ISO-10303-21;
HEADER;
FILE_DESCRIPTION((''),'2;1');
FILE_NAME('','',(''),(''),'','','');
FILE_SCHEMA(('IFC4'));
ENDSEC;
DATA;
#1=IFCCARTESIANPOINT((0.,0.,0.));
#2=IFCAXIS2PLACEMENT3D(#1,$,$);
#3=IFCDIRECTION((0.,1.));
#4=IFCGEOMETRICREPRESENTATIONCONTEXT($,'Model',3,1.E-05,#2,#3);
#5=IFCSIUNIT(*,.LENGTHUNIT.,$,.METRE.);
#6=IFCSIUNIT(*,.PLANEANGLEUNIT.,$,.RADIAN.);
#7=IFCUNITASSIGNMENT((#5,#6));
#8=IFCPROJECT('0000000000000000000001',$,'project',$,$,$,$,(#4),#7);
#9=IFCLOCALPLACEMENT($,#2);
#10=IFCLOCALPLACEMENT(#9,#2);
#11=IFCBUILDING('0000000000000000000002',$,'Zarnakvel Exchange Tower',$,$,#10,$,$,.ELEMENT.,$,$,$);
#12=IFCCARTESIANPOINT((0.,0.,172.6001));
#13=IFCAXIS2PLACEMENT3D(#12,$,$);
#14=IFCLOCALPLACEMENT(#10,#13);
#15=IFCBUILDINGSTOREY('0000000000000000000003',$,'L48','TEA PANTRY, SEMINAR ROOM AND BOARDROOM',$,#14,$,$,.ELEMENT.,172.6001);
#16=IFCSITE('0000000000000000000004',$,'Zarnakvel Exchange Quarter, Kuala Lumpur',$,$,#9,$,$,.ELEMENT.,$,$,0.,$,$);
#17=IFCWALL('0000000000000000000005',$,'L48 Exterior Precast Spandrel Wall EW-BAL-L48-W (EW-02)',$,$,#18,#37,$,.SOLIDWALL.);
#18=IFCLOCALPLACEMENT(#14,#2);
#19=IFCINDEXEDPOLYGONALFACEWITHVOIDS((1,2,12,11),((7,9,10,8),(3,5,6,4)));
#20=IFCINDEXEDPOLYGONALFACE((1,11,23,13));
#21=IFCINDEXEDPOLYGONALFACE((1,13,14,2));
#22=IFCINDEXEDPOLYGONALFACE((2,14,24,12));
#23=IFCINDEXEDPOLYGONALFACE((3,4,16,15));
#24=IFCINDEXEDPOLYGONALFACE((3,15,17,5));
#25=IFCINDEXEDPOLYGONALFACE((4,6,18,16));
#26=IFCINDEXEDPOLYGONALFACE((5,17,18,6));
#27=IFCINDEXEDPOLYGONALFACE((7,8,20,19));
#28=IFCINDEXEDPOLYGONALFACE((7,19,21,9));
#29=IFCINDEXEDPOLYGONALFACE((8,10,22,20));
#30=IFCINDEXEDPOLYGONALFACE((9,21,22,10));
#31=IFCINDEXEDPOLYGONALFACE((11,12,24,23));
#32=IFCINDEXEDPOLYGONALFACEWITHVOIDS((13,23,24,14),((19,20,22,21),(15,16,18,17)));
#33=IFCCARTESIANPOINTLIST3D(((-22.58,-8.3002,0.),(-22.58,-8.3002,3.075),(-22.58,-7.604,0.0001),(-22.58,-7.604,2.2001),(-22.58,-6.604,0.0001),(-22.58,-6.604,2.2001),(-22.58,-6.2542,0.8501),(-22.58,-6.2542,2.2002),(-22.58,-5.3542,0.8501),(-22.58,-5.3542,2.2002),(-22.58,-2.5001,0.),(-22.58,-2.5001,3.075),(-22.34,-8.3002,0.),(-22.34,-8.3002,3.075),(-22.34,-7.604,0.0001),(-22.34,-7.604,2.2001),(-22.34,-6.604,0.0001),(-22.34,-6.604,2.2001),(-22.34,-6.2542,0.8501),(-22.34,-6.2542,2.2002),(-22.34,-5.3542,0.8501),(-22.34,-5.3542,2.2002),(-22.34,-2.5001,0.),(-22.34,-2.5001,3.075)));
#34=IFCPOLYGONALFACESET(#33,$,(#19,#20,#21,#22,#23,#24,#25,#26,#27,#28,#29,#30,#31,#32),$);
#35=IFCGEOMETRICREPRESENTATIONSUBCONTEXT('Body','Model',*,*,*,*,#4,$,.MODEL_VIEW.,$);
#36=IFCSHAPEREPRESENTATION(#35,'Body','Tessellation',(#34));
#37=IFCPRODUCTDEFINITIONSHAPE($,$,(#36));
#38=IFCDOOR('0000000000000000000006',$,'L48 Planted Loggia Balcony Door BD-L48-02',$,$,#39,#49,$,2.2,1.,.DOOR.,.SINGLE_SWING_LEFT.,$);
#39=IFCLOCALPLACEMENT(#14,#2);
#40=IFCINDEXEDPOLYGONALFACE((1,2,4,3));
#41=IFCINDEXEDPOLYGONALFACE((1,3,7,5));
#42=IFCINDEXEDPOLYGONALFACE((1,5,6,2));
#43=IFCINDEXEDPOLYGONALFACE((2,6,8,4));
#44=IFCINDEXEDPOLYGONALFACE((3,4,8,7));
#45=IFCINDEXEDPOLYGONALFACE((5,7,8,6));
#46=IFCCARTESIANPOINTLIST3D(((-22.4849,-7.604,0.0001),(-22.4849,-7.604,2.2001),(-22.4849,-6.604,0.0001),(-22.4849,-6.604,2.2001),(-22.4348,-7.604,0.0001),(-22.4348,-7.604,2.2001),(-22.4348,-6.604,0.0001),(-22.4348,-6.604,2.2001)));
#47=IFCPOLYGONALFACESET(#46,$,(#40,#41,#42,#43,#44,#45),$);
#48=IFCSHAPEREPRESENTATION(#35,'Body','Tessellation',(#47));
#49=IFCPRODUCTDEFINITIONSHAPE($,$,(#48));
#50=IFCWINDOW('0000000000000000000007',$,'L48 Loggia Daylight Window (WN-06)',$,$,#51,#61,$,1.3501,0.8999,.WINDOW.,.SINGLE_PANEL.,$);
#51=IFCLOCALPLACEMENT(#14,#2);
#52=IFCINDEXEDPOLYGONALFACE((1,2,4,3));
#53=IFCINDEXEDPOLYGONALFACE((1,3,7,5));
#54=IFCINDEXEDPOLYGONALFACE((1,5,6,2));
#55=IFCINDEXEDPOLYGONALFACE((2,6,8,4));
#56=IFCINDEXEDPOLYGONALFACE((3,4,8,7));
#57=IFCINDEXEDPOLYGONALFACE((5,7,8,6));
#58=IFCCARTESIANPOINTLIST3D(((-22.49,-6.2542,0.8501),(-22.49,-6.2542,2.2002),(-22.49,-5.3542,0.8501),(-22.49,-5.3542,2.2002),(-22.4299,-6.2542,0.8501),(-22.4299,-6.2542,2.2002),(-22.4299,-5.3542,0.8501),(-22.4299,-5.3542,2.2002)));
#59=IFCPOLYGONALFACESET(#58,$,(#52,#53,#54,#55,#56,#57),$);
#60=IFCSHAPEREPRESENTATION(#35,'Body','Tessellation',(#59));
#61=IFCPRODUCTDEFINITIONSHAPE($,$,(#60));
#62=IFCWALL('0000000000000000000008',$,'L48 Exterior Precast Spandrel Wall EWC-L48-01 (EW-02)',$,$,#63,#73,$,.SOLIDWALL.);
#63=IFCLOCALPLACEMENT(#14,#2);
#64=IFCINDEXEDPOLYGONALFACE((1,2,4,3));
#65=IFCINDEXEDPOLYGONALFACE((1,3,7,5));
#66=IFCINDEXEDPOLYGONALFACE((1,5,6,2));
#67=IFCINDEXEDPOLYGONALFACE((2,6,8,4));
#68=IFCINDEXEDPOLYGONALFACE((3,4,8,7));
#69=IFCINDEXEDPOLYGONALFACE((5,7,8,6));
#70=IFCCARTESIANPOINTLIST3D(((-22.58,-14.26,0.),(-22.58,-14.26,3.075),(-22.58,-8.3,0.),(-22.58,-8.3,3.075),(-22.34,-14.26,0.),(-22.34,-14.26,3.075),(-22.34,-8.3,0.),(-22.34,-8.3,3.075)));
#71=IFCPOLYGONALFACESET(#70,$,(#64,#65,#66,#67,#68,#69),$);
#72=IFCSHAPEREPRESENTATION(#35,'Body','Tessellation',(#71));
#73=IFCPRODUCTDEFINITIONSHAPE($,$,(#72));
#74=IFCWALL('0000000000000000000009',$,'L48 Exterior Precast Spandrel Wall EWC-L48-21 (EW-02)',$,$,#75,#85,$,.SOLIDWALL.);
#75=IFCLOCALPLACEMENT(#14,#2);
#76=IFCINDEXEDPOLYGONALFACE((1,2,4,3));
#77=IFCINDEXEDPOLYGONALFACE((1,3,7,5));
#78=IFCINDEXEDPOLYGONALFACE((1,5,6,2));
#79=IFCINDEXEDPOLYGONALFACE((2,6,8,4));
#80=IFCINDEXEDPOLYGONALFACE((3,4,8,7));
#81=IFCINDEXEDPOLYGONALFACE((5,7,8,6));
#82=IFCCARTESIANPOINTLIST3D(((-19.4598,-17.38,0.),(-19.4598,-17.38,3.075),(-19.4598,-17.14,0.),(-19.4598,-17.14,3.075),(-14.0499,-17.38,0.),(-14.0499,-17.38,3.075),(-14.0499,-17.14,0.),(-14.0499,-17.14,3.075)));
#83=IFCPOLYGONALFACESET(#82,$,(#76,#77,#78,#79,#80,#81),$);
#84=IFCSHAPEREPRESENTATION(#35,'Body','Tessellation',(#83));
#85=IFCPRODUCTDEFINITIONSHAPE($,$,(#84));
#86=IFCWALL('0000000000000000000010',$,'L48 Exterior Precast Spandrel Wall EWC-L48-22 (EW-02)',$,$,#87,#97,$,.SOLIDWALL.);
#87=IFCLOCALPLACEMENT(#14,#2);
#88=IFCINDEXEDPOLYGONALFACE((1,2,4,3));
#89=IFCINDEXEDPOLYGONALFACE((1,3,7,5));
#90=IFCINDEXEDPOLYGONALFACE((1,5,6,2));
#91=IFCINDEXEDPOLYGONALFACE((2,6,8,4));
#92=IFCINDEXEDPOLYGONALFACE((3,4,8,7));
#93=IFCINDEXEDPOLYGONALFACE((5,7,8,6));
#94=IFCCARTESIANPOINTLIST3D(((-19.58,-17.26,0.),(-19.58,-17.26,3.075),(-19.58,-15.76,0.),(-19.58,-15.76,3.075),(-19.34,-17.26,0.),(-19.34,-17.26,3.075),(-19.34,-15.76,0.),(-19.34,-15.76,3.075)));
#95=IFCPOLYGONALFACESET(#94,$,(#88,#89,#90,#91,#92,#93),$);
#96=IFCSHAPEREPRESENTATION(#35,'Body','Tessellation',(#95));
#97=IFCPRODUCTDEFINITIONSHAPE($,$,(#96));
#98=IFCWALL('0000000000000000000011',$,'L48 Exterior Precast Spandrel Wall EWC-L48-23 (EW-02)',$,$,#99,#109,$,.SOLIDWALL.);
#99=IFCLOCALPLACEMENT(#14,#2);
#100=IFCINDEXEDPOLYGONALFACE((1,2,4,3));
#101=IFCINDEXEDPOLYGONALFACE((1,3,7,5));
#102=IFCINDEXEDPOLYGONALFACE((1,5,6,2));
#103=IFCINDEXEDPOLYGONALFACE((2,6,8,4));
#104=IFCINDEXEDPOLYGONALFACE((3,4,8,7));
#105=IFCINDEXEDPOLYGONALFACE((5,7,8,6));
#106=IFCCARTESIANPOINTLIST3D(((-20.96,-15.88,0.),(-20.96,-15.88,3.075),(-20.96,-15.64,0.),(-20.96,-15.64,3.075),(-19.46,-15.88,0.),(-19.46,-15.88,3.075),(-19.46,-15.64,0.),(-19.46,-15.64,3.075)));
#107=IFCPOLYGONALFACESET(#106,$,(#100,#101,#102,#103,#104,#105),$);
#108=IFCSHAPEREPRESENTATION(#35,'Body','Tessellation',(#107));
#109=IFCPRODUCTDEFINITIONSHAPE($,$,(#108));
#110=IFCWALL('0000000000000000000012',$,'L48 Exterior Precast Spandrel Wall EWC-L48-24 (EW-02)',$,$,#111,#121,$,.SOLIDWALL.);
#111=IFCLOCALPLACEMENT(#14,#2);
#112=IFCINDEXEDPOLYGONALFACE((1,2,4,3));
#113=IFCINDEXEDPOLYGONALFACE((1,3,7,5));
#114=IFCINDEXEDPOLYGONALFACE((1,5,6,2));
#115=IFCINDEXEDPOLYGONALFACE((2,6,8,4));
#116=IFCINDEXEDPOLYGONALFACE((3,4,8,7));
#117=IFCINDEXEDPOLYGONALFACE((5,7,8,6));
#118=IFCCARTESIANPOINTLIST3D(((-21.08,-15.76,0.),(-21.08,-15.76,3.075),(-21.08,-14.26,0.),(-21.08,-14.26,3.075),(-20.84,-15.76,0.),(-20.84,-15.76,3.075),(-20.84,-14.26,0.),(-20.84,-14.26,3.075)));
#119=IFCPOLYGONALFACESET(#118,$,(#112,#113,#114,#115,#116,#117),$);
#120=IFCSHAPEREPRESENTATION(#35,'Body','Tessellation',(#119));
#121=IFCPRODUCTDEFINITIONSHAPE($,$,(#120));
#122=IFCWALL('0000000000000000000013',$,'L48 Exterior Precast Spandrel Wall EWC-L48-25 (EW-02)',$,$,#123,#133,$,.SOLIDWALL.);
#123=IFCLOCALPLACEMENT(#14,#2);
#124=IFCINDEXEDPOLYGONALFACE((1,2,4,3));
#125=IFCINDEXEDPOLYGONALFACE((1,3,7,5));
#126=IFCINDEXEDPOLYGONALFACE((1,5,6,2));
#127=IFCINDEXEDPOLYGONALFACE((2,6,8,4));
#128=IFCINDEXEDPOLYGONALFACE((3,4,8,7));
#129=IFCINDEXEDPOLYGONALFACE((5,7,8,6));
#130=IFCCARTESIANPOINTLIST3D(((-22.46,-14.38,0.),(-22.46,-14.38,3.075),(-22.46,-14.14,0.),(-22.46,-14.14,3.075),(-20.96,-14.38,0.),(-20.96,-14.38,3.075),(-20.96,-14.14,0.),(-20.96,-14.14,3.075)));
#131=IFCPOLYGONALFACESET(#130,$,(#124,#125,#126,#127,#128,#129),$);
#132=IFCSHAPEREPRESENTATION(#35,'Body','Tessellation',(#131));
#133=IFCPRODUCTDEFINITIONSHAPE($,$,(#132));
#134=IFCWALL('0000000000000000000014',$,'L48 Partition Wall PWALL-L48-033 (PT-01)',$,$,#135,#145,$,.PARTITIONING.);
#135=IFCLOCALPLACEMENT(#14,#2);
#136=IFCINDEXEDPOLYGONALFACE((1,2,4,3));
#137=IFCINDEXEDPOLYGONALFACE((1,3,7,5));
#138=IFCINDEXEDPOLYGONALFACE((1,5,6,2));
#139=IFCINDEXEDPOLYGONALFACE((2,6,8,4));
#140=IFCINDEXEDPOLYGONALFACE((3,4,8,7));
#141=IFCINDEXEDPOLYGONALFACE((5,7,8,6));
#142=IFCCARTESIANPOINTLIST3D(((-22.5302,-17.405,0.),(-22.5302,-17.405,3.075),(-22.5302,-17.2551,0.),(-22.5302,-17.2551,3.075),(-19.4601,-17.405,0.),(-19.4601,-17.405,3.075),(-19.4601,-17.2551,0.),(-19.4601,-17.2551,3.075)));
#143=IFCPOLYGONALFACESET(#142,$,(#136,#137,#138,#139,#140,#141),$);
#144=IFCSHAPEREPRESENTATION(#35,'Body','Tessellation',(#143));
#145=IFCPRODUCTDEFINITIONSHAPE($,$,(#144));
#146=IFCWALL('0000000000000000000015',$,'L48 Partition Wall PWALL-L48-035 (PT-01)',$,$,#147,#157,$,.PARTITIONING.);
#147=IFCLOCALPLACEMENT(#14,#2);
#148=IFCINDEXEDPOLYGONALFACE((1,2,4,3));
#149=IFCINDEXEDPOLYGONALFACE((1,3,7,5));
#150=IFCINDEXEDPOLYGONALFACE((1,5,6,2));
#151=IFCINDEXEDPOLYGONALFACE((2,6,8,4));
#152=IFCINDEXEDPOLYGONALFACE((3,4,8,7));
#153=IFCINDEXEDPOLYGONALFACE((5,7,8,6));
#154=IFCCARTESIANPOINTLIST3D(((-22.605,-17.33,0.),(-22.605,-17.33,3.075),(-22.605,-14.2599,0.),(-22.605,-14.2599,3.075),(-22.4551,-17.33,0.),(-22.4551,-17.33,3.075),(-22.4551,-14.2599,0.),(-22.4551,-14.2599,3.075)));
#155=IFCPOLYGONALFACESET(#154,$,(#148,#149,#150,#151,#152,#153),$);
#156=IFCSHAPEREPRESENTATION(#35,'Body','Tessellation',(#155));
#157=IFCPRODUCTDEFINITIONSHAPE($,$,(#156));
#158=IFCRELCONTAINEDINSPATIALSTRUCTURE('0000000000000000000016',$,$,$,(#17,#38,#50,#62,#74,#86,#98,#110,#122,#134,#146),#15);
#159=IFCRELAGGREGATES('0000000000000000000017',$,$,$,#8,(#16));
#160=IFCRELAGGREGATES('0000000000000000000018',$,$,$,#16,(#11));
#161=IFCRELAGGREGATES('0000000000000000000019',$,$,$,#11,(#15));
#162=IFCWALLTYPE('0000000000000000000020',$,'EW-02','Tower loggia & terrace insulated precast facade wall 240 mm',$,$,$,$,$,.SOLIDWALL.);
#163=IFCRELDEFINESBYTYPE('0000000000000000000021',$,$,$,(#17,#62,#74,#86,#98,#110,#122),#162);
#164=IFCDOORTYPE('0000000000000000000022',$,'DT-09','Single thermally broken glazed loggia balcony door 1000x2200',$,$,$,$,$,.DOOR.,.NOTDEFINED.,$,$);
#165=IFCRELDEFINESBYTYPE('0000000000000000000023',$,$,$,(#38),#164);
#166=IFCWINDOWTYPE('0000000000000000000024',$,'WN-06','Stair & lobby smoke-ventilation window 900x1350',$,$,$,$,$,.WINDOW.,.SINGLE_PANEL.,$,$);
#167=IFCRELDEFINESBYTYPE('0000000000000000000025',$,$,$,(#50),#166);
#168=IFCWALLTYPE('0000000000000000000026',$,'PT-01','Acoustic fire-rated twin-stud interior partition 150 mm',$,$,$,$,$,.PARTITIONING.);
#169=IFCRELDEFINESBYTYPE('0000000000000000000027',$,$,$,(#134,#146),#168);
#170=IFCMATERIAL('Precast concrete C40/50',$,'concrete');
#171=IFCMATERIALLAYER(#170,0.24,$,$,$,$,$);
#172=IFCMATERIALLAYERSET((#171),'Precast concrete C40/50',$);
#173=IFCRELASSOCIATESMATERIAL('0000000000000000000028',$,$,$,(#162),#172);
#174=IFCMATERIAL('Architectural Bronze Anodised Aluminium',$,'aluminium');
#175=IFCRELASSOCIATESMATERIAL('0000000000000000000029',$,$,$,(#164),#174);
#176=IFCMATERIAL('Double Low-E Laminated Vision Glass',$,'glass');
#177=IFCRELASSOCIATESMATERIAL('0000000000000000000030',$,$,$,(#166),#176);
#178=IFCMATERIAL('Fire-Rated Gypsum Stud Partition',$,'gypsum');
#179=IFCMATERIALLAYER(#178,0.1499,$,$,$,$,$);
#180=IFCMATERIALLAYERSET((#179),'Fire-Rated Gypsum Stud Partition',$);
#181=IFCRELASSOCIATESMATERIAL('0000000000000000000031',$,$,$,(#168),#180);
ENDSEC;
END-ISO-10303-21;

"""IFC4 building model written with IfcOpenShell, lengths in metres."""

from ifc_helpers import new_model, si_unit, direction, frame, frame_2d, origin, place, context, subcontext, project, spatial, rectangle, extrude, source, transform, mapped, material, layer, layer_set, type_object, element, fill, save


model = new_model("IFC4")

# Units and contexts
model_context = context("Model", 3, precision=1e-05, world=origin(), true_north=direction((0.0, 1.0)))
body_context = subcontext(model_context, "Body", "Model", "MODEL_VIEW")
ifc_project = project(units=[si_unit("LENGTHUNIT", "METRE"), si_unit("PLANEANGLEUNIT", "RADIAN")], contexts=[model_context])

# Site, building, storey
site_placement = place(None, origin())
site = spatial("IfcSite", under=ifc_project, at=site_placement, Name="Zarnakvel Exchange Quarter, Kuala Lumpur", CompositionType="ELEMENT", RefElevation=0.0)
building_placement = place(site_placement, origin())
building = spatial("IfcBuilding", under=site, at=building_placement, Name="Zarnakvel Exchange Tower", CompositionType="ELEMENT")
storey_placement = place(building_placement, frame((0.0, 0.0, 172.6001)))
storey = spatial("IfcBuildingStorey", under=building, at=storey_placement, Name="L48", Description="TEA PANTRY, SEMINAR ROOM AND BOARDROOM", CompositionType="ELEMENT", Elevation=172.6001)

# Wall, openings, door, window
ifc_material_1 = material(Name="Precast concrete C40/50", Category="concrete")
ifc_layer_1 = layer(ifc_material_1, 0.24)
ifc_layer_set_1 = layer_set([ifc_layer_1], Name="Precast concrete C40/50")
wall_type_1 = type_object("IfcWallType", Name="EW-02", Description="Tower loggia & terrace insulated precast facade wall 240 mm", PredefinedType="SOLIDWALL", material=ifc_layer_set_1)
wall_1_placement = place(storey_placement, frame((-22.46, -8.3, 0.0), z_axis=(0.0, 0.0, 1.0), x_axis=(0.0, 1.0, 0.0)))
wall_1 = element("IfcWall", 1, at=wall_1_placement, inside=storey, type_object=wall_type_1, Name="L48 Exterior Precast Spandrel Wall EW-BAL-L48-W (EW-02)", PredefinedType="SOLIDWALL", context=body_context, shape_type="SweptSolid", body=[
    extrude(rectangle(XDim=5.8, YDim=0.24, at=frame_2d((2.8999, 0.0))), origin(), (0.0, 0.0, 1.0), 3.075),
])
opening_1_placement = place(wall_1_placement, frame((0.696, 0.0, 0.0)))
opening_1 = element("IfcOpeningElement", 2, at=opening_1_placement, cuts=wall_1, PredefinedType="OPENING", context=body_context, shape_type="SweptSolid", body=[
    extrude(rectangle(XDim=1.0, YDim=2.2, at=frame_2d((0.5, 1.1001))), frame((0.0, 0.1299, 0.0), z_axis=(0.0, -1.0, 0.0), x_axis=(1.0, 0.0, 0.0)), (0.0, 0.0, 1.0), 0.26),
])
opening_2_placement = place(wall_1_placement, frame((2.0459, 0.0, 0.8501)))
opening_2 = element("IfcOpeningElement", 3, at=opening_2_placement, cuts=wall_1, PredefinedType="OPENING", context=body_context, shape_type="SweptSolid", body=[
    extrude(rectangle(XDim=0.8999, YDim=1.3501, at=frame_2d((0.45, 0.675))), frame((0.0, 0.1299, 0.0), z_axis=(0.0, -1.0, 0.0), x_axis=(1.0, 0.0, 0.0)), (0.0, 0.0, 1.0), 0.26),
])
ifc_material_2 = material(Name="Architectural Bronze Anodised Aluminium", Category="aluminium")
door_type = type_object("IfcDoorType", Name="DT-09", Description="Single thermally broken glazed loggia balcony door 1000x2200", OperationType="NOTDEFINED", PredefinedType="DOOR", material=ifc_material_2)
shared_shape_1 = source(origin(), body_context, "Body", "SweptSolid", [
    extrude(rectangle(XDim=1.0, YDim=2.2, at=frame_2d((0.5, 1.1001))), frame((0.0, 0.0249, 0.0), z_axis=(0.0, -1.0, 0.0), x_axis=(1.0, 0.0, 0.0)), (0.0, 0.0, 1.0), 0.05),
])
door_placement = place(opening_1_placement, origin())
door = element("IfcDoor", 4, at=door_placement, inside=storey, type_object=door_type, Name="L48 Planted Loggia Balcony Door BD-L48-02", OperationType="SINGLE_SWING_LEFT", OverallHeight=2.2, OverallWidth=1.0, PredefinedType="DOOR", context=body_context, shape_type="MappedRepresentation", body=[
    mapped(shared_shape_1, transform((0.0, 0.0, 0.0), x_axis=(1.0, 0.0, 0.0), y_axis=(0.0, 1.0, 0.0), z_axis=(0.0, 0.0, 1.0), scale=1.0)),
])
fill(opening_1, door)
ifc_material_3 = material(Name="Double Low-E Laminated Vision Glass", Category="glass")
window_type = type_object("IfcWindowType", Name="WN-06", Description="Stair & lobby smoke-ventilation window 900x1350", PartitioningType="SINGLE_PANEL", PredefinedType="WINDOW", material=ifc_material_3)
shared_shape_2 = source(origin(), body_context, "Body", "SweptSolid", [
    extrude(rectangle(XDim=0.8999, YDim=1.3501, at=frame_2d((0.45, 0.675))), frame((0.0, 0.03, 0.0), z_axis=(0.0, -1.0, 0.0), x_axis=(1.0, 0.0, 0.0)), (0.0, 0.0, 1.0), 0.0601),
])
window_placement = place(opening_2_placement, origin())
window = element("IfcWindow", 5, at=window_placement, inside=storey, type_object=window_type, Name="L48 Loggia Daylight Window (WN-06)", OverallHeight=1.3501, OverallWidth=0.8999, PartitioningType="SINGLE_PANEL", PredefinedType="WINDOW", context=body_context, shape_type="MappedRepresentation", body=[
    mapped(shared_shape_2, transform((0.0, 0.0, 0.0), x_axis=(1.0, 0.0, 0.0), y_axis=(0.0, 1.0, 0.0), z_axis=(0.0, 0.0, 1.0), scale=1.0)),
])
fill(opening_2, window)

# Walls
wall_2_placement = place(storey_placement, frame((-22.46, -8.3, 0.0), z_axis=(0.0, 0.0, 1.0), x_axis=(0.0, -1.0, 0.0)))
element("IfcWall", 6, at=wall_2_placement, inside=storey, type_object=wall_type_1, Name="L48 Exterior Precast Spandrel Wall EWC-L48-01 (EW-02)", PredefinedType="SOLIDWALL", context=body_context, shape_type="SweptSolid", body=[
    extrude(rectangle(XDim=5.96, YDim=0.24, at=frame_2d((2.98, 0.0))), origin(), (0.0, 0.0, 1.0), 3.075),
])
wall_3_placement = place(storey_placement, frame((-19.46, -17.26, 0.0), z_axis=(0.0, 0.0, 1.0), x_axis=(1.0, 0.0, 0.0)))
element("IfcWall", 7, at=wall_3_placement, inside=storey, type_object=wall_type_1, Name="L48 Exterior Precast Spandrel Wall EWC-L48-21 (EW-02)", PredefinedType="SOLIDWALL", context=body_context, shape_type="SweptSolid", body=[
    extrude(rectangle(XDim=5.4099, YDim=0.24, at=frame_2d((2.7051, 0.0))), origin(), (0.0, 0.0, 1.0), 3.075),
])
for number, where, z_axis, x_axis, name in (
    (8, (-19.46, -15.76, 0.0), (0.0, 0.0, 1.0), (0.0, -1.0, 0.0), "L48 Exterior Precast Spandrel Wall EWC-L48-22 (EW-02)"),
    (9, (-20.96, -15.76, 0.0), (0.0, 0.0, 1.0), (1.0, 0.0, 0.0), "L48 Exterior Precast Spandrel Wall EWC-L48-23 (EW-02)"),
    (10, (-20.96, -14.26, 0.0), (0.0, 0.0, 1.0), (0.0, -1.0, 0.0), "L48 Exterior Precast Spandrel Wall EWC-L48-24 (EW-02)"),
    (11, (-22.46, -14.26, 0.0), (0.0, 0.0, 1.0), (1.0, 0.0, 0.0), "L48 Exterior Precast Spandrel Wall EWC-L48-25 (EW-02)"),
):
    element("IfcWall", number, at=place(storey_placement, frame(where, z_axis=z_axis, x_axis=x_axis)), inside=storey, type_object=wall_type_1, Name=name, PredefinedType="SOLIDWALL", context=body_context, shape_type="SweptSolid", body=[
        extrude(rectangle(XDim=1.5, YDim=0.24, at=frame_2d((0.75, 0.0))), origin(), (0.0, 0.0, 1.0), 3.075),
    ])
ifc_material_4 = material(Name="Fire-Rated Gypsum Stud Partition", Category="gypsum")
ifc_layer_2 = layer(ifc_material_4, 0.1499)
ifc_layer_set_2 = layer_set([ifc_layer_2], Name="Fire-Rated Gypsum Stud Partition")
wall_type_2 = type_object("IfcWallType", Name="PT-01", Description="Acoustic fire-rated twin-stud interior partition 150 mm", PredefinedType="PARTITIONING", material=ifc_layer_set_2)
for number, where, z_axis, x_axis, name in (
    (12, (-19.46, -17.3301, 0.0), (0.0, 0.0, 1.0), (-1.0, 0.0, 0.0), "L48 Partition Wall PWALL-L48-033 (PT-01)"),
    (13, (-22.53, -17.3301, 0.0), (0.0, 0.0, 1.0), (0.0, 1.0, 0.0), "L48 Partition Wall PWALL-L48-035 (PT-01)"),
):
    element("IfcWall", number, at=place(storey_placement, frame(where, z_axis=z_axis, x_axis=x_axis)), inside=storey, type_object=wall_type_2, Name=name, PredefinedType="PARTITIONING", context=body_context, shape_type="SweptSolid", body=[
        extrude(rectangle(XDim=3.0701, YDim=0.1499, at=frame_2d((1.5352, 0.0))), origin(), (0.0, 0.0, 1.0), 3.075),
    ])

save(model, "model.ifc")
